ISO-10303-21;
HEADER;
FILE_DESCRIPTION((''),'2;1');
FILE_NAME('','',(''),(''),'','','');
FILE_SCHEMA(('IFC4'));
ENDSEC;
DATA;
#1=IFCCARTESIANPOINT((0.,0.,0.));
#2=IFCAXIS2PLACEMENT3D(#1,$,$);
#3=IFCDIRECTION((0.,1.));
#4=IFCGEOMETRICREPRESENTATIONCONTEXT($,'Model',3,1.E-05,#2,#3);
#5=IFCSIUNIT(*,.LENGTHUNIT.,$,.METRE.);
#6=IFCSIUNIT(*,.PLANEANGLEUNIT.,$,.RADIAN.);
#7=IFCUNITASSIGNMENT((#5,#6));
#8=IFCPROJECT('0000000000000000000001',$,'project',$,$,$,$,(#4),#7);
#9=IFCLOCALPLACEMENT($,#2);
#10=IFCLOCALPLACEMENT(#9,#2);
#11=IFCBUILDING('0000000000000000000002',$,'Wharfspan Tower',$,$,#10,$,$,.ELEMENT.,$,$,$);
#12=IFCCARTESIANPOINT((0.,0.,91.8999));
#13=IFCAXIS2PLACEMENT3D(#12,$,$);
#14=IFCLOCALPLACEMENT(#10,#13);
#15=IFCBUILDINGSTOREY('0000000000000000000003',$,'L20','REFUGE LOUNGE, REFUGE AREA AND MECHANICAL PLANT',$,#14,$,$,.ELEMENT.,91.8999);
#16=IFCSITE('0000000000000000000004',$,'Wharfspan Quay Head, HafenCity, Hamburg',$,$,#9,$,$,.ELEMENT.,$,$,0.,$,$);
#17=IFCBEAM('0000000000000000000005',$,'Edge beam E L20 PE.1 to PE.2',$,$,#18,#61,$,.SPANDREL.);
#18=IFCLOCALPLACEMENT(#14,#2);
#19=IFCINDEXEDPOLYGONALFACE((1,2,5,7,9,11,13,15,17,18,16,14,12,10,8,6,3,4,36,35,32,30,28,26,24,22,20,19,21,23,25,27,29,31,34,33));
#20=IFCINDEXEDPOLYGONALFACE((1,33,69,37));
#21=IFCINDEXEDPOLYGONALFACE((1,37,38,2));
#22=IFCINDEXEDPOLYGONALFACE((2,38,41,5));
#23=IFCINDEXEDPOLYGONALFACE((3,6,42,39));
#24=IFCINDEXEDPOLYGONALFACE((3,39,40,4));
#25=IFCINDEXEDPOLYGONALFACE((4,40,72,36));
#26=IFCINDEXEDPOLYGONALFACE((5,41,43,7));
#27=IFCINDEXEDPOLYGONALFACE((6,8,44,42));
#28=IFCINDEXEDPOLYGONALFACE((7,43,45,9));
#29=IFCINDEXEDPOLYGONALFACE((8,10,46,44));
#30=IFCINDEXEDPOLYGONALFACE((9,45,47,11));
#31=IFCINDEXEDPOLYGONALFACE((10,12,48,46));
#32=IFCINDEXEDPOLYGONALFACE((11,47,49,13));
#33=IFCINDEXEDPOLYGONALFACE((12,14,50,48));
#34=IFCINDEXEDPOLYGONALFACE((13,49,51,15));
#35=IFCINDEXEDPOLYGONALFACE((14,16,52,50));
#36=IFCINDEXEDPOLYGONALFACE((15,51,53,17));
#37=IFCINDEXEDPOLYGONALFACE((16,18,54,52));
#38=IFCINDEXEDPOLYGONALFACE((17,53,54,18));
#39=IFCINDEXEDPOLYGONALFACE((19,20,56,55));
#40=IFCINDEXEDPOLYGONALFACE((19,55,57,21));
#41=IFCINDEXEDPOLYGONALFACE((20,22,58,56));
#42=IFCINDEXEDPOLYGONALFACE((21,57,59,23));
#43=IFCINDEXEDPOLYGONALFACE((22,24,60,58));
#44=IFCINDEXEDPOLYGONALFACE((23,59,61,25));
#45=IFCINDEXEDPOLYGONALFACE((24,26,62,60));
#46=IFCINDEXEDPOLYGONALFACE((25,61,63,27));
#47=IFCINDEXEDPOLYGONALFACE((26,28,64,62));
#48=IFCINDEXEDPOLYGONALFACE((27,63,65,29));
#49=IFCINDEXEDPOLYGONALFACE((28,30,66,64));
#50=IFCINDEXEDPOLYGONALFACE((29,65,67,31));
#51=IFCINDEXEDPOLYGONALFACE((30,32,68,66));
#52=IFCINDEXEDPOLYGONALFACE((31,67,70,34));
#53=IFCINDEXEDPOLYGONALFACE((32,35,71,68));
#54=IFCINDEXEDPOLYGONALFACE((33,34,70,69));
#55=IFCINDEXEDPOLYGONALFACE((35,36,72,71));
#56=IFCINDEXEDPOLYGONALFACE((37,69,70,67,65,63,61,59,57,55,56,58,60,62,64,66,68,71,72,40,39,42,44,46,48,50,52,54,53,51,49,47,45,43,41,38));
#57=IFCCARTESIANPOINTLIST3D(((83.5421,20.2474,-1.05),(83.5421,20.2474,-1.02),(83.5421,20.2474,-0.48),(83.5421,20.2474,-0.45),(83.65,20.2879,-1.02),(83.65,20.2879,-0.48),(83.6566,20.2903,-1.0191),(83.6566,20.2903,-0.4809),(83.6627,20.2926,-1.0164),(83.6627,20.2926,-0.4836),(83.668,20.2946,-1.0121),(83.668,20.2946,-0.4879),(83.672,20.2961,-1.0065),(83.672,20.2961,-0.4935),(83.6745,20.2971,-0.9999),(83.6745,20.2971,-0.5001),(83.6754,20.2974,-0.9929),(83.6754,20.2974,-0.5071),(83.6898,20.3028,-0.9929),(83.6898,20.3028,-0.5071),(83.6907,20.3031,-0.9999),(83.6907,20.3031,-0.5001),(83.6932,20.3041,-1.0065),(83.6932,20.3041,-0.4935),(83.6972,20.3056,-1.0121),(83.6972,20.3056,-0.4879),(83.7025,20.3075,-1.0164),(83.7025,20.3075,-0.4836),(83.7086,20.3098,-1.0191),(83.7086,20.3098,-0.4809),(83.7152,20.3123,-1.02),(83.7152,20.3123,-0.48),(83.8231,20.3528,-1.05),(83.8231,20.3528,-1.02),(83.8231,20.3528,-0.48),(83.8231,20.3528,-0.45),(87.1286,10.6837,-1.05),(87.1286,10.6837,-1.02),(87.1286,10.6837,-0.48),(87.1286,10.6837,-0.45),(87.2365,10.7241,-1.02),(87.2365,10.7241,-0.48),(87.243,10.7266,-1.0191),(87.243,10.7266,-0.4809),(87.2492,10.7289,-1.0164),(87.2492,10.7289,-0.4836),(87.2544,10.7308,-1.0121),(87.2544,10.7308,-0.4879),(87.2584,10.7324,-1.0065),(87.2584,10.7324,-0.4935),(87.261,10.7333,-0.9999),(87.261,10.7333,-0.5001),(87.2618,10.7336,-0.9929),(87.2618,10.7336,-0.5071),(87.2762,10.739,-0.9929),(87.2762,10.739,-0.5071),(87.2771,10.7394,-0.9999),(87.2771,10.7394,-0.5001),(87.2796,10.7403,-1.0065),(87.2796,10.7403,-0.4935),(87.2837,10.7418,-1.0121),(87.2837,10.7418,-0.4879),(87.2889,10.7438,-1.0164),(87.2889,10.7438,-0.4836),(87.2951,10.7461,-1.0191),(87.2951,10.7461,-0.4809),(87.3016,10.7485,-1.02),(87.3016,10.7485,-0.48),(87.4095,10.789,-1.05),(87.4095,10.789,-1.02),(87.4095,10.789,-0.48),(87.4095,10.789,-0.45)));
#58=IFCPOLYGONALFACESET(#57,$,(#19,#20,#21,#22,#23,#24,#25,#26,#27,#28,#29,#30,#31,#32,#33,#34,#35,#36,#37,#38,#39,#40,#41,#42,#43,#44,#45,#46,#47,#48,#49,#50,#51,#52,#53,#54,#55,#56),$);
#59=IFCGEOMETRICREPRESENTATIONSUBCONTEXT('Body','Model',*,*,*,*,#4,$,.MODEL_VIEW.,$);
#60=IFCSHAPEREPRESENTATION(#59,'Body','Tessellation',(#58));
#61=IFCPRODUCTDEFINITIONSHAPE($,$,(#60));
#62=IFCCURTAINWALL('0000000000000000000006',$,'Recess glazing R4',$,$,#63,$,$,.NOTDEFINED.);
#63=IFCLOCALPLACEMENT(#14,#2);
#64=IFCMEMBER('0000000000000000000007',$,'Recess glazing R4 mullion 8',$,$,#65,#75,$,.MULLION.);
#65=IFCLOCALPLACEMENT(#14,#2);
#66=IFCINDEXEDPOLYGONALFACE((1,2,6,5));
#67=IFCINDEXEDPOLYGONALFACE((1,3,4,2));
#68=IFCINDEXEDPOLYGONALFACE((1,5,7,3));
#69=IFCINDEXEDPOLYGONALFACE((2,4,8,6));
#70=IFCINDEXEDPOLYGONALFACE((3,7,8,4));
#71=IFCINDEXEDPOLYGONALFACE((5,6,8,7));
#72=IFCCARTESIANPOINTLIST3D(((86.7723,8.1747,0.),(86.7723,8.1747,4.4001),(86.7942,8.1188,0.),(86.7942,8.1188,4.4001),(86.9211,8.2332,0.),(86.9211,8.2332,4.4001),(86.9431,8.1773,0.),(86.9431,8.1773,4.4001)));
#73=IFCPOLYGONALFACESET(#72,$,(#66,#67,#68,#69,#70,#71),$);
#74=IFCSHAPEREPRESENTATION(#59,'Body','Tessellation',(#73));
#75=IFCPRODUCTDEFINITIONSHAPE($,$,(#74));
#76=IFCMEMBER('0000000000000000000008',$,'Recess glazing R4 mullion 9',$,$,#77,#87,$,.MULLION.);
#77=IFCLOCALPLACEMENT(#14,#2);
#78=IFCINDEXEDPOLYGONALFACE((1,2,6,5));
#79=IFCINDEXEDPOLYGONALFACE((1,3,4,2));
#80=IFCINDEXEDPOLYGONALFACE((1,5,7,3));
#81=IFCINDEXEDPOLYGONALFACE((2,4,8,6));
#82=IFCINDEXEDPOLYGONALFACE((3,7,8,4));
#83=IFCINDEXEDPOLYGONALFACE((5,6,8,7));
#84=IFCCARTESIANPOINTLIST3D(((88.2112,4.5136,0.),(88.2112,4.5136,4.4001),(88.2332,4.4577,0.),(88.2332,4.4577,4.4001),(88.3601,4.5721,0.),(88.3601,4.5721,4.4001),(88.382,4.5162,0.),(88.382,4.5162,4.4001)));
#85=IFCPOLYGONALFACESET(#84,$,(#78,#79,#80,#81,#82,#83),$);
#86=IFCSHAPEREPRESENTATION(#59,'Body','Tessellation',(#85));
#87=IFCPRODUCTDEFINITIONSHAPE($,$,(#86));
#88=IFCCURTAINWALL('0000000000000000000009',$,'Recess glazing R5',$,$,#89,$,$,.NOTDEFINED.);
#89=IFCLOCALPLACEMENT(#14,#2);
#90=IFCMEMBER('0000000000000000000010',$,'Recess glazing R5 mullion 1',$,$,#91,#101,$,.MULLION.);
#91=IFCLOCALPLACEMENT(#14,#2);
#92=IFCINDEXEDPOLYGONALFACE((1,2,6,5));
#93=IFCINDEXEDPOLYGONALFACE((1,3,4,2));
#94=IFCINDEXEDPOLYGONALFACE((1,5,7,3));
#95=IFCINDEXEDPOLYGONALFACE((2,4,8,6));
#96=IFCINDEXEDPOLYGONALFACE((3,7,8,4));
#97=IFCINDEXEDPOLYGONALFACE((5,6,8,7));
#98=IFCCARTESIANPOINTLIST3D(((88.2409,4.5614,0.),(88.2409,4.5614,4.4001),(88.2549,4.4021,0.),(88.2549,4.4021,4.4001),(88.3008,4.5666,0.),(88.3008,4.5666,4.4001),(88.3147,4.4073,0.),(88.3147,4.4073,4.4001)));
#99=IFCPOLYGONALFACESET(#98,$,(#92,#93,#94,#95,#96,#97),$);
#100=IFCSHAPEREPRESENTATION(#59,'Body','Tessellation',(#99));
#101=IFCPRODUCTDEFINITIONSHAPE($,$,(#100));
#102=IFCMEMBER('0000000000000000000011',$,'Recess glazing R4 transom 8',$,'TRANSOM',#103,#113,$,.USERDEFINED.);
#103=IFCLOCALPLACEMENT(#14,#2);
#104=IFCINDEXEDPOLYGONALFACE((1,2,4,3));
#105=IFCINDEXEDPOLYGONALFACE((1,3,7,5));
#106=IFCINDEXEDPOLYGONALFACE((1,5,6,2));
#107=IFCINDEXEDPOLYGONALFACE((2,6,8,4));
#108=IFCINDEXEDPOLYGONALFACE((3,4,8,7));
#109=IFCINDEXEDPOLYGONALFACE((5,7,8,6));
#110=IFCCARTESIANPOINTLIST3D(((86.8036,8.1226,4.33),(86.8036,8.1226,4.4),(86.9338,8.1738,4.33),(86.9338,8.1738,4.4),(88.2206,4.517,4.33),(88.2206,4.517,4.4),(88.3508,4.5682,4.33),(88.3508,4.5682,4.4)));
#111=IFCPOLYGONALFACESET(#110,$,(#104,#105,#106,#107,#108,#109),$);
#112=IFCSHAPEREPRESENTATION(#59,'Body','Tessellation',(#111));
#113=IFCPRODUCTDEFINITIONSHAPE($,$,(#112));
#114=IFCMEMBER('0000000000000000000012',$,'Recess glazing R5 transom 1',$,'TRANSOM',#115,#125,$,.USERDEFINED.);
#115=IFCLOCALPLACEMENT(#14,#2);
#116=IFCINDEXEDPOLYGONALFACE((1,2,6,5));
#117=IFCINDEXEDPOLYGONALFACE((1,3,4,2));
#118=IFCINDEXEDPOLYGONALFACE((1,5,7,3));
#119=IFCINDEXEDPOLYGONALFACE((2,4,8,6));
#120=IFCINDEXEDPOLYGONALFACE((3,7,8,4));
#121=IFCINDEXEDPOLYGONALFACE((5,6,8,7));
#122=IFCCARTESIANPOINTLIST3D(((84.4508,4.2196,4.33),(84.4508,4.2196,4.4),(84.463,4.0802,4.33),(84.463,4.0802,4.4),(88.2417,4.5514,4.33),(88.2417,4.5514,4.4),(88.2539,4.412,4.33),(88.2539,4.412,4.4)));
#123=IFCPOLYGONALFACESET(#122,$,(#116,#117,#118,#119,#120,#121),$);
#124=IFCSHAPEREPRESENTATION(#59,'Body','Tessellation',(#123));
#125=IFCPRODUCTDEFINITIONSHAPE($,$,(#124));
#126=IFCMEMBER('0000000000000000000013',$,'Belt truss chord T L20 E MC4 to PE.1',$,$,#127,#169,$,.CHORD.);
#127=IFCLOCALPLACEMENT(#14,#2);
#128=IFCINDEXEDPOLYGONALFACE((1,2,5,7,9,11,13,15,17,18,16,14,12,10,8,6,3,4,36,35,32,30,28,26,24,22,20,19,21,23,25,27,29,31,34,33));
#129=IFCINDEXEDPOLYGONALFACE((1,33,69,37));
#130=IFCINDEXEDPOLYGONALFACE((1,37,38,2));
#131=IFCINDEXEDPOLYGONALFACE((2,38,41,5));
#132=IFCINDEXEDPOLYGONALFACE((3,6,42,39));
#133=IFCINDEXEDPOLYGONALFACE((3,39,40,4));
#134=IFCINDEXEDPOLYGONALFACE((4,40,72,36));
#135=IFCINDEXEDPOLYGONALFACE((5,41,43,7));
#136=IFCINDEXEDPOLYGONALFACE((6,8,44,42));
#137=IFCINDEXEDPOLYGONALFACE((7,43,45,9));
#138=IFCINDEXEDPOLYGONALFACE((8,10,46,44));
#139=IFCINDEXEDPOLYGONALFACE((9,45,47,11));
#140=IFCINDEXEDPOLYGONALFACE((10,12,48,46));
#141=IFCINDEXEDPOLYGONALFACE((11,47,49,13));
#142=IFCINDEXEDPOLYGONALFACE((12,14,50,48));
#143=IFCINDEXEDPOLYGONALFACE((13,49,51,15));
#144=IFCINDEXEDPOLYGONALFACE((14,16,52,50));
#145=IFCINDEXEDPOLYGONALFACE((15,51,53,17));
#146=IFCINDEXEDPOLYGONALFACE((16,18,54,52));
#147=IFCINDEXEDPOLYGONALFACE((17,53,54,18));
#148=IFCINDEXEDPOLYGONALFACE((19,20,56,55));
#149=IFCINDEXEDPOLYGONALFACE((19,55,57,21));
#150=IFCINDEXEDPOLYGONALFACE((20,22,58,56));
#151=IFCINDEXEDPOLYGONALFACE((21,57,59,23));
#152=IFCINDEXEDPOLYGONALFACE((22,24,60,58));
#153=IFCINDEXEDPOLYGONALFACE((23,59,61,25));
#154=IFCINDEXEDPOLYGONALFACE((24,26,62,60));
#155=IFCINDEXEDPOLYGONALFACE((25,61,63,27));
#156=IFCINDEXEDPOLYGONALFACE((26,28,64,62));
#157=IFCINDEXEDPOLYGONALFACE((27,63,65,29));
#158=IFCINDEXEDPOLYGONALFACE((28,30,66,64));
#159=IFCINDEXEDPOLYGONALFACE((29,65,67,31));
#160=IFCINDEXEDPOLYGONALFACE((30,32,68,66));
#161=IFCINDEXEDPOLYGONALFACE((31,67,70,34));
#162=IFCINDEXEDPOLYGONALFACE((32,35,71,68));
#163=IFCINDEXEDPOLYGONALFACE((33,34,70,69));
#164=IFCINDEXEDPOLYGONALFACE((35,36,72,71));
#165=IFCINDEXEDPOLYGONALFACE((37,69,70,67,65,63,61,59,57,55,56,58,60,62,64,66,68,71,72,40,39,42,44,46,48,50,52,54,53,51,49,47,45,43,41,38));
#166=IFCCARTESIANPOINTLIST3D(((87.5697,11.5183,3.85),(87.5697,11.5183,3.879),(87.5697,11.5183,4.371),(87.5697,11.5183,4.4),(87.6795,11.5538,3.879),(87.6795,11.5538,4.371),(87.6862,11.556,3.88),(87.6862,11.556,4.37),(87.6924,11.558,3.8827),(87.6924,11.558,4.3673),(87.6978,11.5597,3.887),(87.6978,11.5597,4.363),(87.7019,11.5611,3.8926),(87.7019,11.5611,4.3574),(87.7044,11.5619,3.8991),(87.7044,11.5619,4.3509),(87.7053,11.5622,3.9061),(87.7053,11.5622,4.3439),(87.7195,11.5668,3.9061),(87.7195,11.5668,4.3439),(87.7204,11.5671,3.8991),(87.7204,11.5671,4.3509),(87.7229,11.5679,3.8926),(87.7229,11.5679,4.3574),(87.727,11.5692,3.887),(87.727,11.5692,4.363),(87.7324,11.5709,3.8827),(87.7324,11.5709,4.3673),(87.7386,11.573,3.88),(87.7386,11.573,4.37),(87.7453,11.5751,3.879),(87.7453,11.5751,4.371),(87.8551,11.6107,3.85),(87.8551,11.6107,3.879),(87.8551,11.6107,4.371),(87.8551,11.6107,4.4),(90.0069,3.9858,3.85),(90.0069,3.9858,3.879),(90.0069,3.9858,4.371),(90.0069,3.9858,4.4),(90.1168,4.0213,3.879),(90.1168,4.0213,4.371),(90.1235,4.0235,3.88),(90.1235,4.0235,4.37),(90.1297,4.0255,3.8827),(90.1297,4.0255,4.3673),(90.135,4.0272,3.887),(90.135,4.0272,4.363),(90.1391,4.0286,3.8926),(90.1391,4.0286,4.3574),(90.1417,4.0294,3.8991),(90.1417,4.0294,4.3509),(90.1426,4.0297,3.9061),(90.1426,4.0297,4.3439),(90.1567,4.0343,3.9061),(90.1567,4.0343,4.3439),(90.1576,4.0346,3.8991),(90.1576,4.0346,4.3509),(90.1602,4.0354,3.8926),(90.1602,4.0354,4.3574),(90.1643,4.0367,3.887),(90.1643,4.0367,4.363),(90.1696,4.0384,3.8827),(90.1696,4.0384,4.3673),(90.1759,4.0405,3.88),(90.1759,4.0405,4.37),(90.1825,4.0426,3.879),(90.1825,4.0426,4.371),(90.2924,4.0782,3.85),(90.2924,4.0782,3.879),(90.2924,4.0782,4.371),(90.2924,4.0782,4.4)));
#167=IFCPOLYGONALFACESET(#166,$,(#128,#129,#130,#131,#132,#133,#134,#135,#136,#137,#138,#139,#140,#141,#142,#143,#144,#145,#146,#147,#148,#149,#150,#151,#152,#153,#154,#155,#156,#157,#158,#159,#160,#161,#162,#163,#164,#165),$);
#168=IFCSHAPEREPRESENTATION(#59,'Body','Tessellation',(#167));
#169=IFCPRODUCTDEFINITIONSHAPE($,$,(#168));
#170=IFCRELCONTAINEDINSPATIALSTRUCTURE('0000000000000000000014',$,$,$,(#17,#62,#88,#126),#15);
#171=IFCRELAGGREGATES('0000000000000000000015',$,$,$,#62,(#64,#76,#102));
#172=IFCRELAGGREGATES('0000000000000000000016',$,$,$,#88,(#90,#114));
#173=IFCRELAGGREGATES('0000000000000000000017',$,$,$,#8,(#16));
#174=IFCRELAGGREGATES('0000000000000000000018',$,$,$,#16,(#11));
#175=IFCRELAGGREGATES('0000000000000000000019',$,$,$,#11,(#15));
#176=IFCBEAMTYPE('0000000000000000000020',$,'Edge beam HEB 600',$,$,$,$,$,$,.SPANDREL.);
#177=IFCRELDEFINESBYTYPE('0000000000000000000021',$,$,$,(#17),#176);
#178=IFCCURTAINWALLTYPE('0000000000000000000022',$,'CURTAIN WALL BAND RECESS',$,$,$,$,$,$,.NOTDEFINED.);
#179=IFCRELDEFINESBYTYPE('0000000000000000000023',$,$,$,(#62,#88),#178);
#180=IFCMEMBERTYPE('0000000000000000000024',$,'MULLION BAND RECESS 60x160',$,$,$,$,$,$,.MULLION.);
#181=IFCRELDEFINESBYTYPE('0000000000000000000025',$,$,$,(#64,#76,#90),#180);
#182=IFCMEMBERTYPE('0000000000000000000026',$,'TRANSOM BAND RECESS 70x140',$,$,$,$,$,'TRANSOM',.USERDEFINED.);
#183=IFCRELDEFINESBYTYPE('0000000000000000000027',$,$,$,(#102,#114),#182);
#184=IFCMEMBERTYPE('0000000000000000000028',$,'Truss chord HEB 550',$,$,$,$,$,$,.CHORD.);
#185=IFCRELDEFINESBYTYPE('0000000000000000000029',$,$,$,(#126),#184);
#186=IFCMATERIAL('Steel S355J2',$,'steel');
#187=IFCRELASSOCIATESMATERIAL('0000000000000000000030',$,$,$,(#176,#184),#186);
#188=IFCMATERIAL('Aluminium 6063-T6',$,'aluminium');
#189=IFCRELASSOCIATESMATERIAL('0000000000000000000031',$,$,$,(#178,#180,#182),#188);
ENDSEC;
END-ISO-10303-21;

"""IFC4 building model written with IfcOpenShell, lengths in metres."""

from ifc_helpers import new_model, si_unit, direction, frame, origin, origin_2d, place, context, subcontext, project, spatial, rectangle, i_section, extrude, material, material_profile, profile_set, type_object, element, aggregate, save


model = new_model("IFC4")

# Units and contexts
model_context = context("Model", 3, precision=1e-05, world=origin(), true_north=direction((0.0, 1.0)))
body_context = subcontext(model_context, "Body", "Model", "MODEL_VIEW")
ifc_project = project(units=[si_unit("LENGTHUNIT", "METRE"), si_unit("PLANEANGLEUNIT", "RADIAN")], contexts=[model_context])

# Site, building, storey
site_placement = place(None, origin())
site = spatial("IfcSite", under=ifc_project, at=site_placement, Name="Wharfspan Quay Head, HafenCity, Hamburg", CompositionType="ELEMENT", RefElevation=0.0)
building_placement = place(site_placement, origin())
building = spatial("IfcBuilding", under=site, at=building_placement, Name="Wharfspan Tower", CompositionType="ELEMENT")
storey_placement = place(building_placement, frame((0.0, 0.0, 91.8999)))
storey = spatial("IfcBuildingStorey", under=building, at=storey_placement, Name="L20", Description="REFUGE LOUNGE, REFUGE AREA AND MECHANICAL PLANT", CompositionType="ELEMENT", Elevation=91.8999)

# Beam
ifc_material_1 = material(Name="Steel S355J2", Category="steel")
ifc_material_profile_1 = material_profile(ifc_material_1, i_section(OverallWidth=0.3, OverallDepth=0.6001, WebThickness=0.0154, FlangeThickness=0.03, FilletRadius=0.0271, at=origin_2d()))
ifc_profile_set_1 = profile_set([ifc_material_profile_1], Name="Steel S355J2")
beam_type = type_object("IfcBeamType", Name="Edge beam HEB 600", PredefinedType="SPANDREL", material=ifc_profile_set_1)
beam_placement = place(storey_placement, frame((87.269, 10.7363, -0.75), z_axis=(-0.351126, 0.936328, 0.0), x_axis=(-0.936328, -0.351126, 0.0)))
element("IfcBeam", 1, at=beam_placement, inside=storey, type_object=beam_type, Name="Edge beam E L20 PE.1 to PE.2", PredefinedType="SPANDREL", context=body_context, shape_type="SweptSolid", body=[
    extrude(i_section(OverallWidth=0.3, OverallDepth=0.6001, WebThickness=0.0154, FlangeThickness=0.03, FilletRadius=0.0271, at=origin_2d()), origin(), (0.0, 0.0, 1.0), 10.2141),
])

# Curtain wall, members
ifc_material_2 = material(Name="Aluminium 6063-T6", Category="aluminium")
curtain_wall_type = type_object("IfcCurtainWallType", Name="CURTAIN WALL BAND RECESS", PredefinedType="NOTDEFINED", material=ifc_material_2)
curtain_wall_1_placement = place(storey_placement, origin())
curtain_wall_1 = element("IfcCurtainWall", 2, at=curtain_wall_1_placement, inside=storey, type_object=curtain_wall_type, Name="Recess glazing R4", PredefinedType="NOTDEFINED")
ifc_material_profile_2 = material_profile(ifc_material_2, rectangle(XDim=0.1599, YDim=0.0601, at=origin_2d()))
ifc_profile_set_2 = profile_set([ifc_material_profile_2], Name="Aluminium 6063-T6")
member_type_1 = type_object("IfcMemberType", Name="MULLION BAND RECESS 60x160", PredefinedType="MULLION", material=ifc_profile_set_2)
member_1_placement = place(storey_placement, frame((86.8577, 8.176, 0.0), z_axis=(0.0, 0.0, 1.0), x_axis=(0.930702, 0.365778, 0.0)))
member_1 = element("IfcMember", 3, at=member_1_placement, type_object=member_type_1, Name="Recess glazing R4 mullion 8", PredefinedType="MULLION", context=body_context, shape_type="SweptSolid", body=[
    extrude(rectangle(XDim=0.1599, YDim=0.0601, at=origin_2d()), origin(), (0.0, 0.0, 1.0), 4.4001),
])
member_2_placement = place(storey_placement, frame((88.2966, 4.5149, 0.0), z_axis=(0.0, 0.0, 1.0), x_axis=(0.930702, 0.365778, 0.0)))
member_2 = element("IfcMember", 4, at=member_2_placement, type_object=member_type_1, Name="Recess glazing R4 mullion 9", PredefinedType="MULLION", context=body_context, shape_type="SweptSolid", body=[
    extrude(rectangle(XDim=0.1599, YDim=0.0601, at=origin_2d()), origin(), (0.0, 0.0, 1.0), 4.4001),
])

# Curtain wall, member
curtain_wall_2_placement = place(storey_placement, origin())
curtain_wall_2 = element("IfcCurtainWall", 5, at=curtain_wall_2_placement, inside=storey, type_object=curtain_wall_type, Name="Recess glazing R5", PredefinedType="NOTDEFINED")
member_3_placement = place(storey_placement, frame((88.2778, 4.4844, 0.0), z_axis=(0.0, 0.0, 1.0), x_axis=(0.087156, -0.996198, 0.0)))
member_3 = element("IfcMember", 6, at=member_3_placement, type_object=member_type_1, Name="Recess glazing R5 mullion 1", PredefinedType="MULLION", context=body_context, shape_type="SweptSolid", body=[
    extrude(rectangle(XDim=0.1599, YDim=0.0601, at=origin_2d()), origin(), (0.0, 0.0, 1.0), 4.4001),
])

# Members
ifc_material_profile_3 = material_profile(ifc_material_2, rectangle(XDim=0.1399, YDim=0.0701, at=origin_2d()))
ifc_profile_set_3 = profile_set([ifc_material_profile_3], Name="Aluminium 6063-T6")
member_type_2 = type_object("IfcMemberType", Name="TRANSOM BAND RECESS 70x140", ElementType="TRANSOM", PredefinedType="USERDEFINED", material=ifc_profile_set_3)
member_4_placement = place(storey_placement, frame((86.8687, 8.1482, 4.365), z_axis=(0.365777, -0.930702, 0.0), x_axis=(0.930702, 0.365777, 0.0)))
member_4 = element("IfcMember", 7, at=member_4_placement, type_object=member_type_2, Name="Recess glazing R4 transom 8", ObjectType="TRANSOM", PredefinedType="USERDEFINED", context=body_context, shape_type="SweptSolid", body=[
    extrude(rectangle(XDim=0.1399, YDim=0.0701, at=origin_2d()), origin(), (0.0, 0.0, 1.0), 3.874),
])
member_5_placement = place(storey_placement, frame((88.2478, 4.4817, 4.365), z_axis=(-0.996192, -0.087186, 0.0), x_axis=(0.087186, -0.996192, 0.0)))
member_5 = element("IfcMember", 8, at=member_5_placement, type_object=member_type_2, Name="Recess glazing R5 transom 1", ObjectType="TRANSOM", PredefinedType="USERDEFINED", context=body_context, shape_type="SweptSolid", body=[
    extrude(rectangle(XDim=0.1399, YDim=0.0701, at=origin_2d()), origin(), (0.0, 0.0, 1.0), 3.8054),
])

# Member
ifc_material_profile_4 = material_profile(ifc_material_1, i_section(OverallWidth=0.3, OverallDepth=0.55, WebThickness=0.0149, FlangeThickness=0.0291, FilletRadius=0.0271, at=origin_2d()))
ifc_profile_set_4 = profile_set([ifc_material_profile_4], Name="Steel S355J2")
member_type_3 = type_object("IfcMemberType", Name="Truss chord HEB 550", PredefinedType="CHORD", material=ifc_profile_set_4)
for number, where, z_axis, x_axis, name in (
    (9, (90.1497, 4.032, 4.125), (-0.307852, 0.951434, 0.0), (-0.951434, -0.307852, 0.0), "Belt truss chord T L20 E MC4 to PE.1"),
):
    element("IfcMember", number, at=place(storey_placement, frame(where, z_axis=z_axis, x_axis=x_axis)), inside=storey, type_object=member_type_3, Name=name, PredefinedType="CHORD", context=body_context, shape_type="SweptSolid", body=[
        extrude(i_section(OverallWidth=0.3, OverallDepth=0.55, WebThickness=0.0149, FlangeThickness=0.0291, FilletRadius=0.0271, at=origin_2d()), origin(), (0.0, 0.0, 1.0), 7.917),
    ])

aggregate(curtain_wall_1, [member_1, member_2, member_4])
aggregate(curtain_wall_2, [member_3, member_5])

save(model, "model.ifc")
